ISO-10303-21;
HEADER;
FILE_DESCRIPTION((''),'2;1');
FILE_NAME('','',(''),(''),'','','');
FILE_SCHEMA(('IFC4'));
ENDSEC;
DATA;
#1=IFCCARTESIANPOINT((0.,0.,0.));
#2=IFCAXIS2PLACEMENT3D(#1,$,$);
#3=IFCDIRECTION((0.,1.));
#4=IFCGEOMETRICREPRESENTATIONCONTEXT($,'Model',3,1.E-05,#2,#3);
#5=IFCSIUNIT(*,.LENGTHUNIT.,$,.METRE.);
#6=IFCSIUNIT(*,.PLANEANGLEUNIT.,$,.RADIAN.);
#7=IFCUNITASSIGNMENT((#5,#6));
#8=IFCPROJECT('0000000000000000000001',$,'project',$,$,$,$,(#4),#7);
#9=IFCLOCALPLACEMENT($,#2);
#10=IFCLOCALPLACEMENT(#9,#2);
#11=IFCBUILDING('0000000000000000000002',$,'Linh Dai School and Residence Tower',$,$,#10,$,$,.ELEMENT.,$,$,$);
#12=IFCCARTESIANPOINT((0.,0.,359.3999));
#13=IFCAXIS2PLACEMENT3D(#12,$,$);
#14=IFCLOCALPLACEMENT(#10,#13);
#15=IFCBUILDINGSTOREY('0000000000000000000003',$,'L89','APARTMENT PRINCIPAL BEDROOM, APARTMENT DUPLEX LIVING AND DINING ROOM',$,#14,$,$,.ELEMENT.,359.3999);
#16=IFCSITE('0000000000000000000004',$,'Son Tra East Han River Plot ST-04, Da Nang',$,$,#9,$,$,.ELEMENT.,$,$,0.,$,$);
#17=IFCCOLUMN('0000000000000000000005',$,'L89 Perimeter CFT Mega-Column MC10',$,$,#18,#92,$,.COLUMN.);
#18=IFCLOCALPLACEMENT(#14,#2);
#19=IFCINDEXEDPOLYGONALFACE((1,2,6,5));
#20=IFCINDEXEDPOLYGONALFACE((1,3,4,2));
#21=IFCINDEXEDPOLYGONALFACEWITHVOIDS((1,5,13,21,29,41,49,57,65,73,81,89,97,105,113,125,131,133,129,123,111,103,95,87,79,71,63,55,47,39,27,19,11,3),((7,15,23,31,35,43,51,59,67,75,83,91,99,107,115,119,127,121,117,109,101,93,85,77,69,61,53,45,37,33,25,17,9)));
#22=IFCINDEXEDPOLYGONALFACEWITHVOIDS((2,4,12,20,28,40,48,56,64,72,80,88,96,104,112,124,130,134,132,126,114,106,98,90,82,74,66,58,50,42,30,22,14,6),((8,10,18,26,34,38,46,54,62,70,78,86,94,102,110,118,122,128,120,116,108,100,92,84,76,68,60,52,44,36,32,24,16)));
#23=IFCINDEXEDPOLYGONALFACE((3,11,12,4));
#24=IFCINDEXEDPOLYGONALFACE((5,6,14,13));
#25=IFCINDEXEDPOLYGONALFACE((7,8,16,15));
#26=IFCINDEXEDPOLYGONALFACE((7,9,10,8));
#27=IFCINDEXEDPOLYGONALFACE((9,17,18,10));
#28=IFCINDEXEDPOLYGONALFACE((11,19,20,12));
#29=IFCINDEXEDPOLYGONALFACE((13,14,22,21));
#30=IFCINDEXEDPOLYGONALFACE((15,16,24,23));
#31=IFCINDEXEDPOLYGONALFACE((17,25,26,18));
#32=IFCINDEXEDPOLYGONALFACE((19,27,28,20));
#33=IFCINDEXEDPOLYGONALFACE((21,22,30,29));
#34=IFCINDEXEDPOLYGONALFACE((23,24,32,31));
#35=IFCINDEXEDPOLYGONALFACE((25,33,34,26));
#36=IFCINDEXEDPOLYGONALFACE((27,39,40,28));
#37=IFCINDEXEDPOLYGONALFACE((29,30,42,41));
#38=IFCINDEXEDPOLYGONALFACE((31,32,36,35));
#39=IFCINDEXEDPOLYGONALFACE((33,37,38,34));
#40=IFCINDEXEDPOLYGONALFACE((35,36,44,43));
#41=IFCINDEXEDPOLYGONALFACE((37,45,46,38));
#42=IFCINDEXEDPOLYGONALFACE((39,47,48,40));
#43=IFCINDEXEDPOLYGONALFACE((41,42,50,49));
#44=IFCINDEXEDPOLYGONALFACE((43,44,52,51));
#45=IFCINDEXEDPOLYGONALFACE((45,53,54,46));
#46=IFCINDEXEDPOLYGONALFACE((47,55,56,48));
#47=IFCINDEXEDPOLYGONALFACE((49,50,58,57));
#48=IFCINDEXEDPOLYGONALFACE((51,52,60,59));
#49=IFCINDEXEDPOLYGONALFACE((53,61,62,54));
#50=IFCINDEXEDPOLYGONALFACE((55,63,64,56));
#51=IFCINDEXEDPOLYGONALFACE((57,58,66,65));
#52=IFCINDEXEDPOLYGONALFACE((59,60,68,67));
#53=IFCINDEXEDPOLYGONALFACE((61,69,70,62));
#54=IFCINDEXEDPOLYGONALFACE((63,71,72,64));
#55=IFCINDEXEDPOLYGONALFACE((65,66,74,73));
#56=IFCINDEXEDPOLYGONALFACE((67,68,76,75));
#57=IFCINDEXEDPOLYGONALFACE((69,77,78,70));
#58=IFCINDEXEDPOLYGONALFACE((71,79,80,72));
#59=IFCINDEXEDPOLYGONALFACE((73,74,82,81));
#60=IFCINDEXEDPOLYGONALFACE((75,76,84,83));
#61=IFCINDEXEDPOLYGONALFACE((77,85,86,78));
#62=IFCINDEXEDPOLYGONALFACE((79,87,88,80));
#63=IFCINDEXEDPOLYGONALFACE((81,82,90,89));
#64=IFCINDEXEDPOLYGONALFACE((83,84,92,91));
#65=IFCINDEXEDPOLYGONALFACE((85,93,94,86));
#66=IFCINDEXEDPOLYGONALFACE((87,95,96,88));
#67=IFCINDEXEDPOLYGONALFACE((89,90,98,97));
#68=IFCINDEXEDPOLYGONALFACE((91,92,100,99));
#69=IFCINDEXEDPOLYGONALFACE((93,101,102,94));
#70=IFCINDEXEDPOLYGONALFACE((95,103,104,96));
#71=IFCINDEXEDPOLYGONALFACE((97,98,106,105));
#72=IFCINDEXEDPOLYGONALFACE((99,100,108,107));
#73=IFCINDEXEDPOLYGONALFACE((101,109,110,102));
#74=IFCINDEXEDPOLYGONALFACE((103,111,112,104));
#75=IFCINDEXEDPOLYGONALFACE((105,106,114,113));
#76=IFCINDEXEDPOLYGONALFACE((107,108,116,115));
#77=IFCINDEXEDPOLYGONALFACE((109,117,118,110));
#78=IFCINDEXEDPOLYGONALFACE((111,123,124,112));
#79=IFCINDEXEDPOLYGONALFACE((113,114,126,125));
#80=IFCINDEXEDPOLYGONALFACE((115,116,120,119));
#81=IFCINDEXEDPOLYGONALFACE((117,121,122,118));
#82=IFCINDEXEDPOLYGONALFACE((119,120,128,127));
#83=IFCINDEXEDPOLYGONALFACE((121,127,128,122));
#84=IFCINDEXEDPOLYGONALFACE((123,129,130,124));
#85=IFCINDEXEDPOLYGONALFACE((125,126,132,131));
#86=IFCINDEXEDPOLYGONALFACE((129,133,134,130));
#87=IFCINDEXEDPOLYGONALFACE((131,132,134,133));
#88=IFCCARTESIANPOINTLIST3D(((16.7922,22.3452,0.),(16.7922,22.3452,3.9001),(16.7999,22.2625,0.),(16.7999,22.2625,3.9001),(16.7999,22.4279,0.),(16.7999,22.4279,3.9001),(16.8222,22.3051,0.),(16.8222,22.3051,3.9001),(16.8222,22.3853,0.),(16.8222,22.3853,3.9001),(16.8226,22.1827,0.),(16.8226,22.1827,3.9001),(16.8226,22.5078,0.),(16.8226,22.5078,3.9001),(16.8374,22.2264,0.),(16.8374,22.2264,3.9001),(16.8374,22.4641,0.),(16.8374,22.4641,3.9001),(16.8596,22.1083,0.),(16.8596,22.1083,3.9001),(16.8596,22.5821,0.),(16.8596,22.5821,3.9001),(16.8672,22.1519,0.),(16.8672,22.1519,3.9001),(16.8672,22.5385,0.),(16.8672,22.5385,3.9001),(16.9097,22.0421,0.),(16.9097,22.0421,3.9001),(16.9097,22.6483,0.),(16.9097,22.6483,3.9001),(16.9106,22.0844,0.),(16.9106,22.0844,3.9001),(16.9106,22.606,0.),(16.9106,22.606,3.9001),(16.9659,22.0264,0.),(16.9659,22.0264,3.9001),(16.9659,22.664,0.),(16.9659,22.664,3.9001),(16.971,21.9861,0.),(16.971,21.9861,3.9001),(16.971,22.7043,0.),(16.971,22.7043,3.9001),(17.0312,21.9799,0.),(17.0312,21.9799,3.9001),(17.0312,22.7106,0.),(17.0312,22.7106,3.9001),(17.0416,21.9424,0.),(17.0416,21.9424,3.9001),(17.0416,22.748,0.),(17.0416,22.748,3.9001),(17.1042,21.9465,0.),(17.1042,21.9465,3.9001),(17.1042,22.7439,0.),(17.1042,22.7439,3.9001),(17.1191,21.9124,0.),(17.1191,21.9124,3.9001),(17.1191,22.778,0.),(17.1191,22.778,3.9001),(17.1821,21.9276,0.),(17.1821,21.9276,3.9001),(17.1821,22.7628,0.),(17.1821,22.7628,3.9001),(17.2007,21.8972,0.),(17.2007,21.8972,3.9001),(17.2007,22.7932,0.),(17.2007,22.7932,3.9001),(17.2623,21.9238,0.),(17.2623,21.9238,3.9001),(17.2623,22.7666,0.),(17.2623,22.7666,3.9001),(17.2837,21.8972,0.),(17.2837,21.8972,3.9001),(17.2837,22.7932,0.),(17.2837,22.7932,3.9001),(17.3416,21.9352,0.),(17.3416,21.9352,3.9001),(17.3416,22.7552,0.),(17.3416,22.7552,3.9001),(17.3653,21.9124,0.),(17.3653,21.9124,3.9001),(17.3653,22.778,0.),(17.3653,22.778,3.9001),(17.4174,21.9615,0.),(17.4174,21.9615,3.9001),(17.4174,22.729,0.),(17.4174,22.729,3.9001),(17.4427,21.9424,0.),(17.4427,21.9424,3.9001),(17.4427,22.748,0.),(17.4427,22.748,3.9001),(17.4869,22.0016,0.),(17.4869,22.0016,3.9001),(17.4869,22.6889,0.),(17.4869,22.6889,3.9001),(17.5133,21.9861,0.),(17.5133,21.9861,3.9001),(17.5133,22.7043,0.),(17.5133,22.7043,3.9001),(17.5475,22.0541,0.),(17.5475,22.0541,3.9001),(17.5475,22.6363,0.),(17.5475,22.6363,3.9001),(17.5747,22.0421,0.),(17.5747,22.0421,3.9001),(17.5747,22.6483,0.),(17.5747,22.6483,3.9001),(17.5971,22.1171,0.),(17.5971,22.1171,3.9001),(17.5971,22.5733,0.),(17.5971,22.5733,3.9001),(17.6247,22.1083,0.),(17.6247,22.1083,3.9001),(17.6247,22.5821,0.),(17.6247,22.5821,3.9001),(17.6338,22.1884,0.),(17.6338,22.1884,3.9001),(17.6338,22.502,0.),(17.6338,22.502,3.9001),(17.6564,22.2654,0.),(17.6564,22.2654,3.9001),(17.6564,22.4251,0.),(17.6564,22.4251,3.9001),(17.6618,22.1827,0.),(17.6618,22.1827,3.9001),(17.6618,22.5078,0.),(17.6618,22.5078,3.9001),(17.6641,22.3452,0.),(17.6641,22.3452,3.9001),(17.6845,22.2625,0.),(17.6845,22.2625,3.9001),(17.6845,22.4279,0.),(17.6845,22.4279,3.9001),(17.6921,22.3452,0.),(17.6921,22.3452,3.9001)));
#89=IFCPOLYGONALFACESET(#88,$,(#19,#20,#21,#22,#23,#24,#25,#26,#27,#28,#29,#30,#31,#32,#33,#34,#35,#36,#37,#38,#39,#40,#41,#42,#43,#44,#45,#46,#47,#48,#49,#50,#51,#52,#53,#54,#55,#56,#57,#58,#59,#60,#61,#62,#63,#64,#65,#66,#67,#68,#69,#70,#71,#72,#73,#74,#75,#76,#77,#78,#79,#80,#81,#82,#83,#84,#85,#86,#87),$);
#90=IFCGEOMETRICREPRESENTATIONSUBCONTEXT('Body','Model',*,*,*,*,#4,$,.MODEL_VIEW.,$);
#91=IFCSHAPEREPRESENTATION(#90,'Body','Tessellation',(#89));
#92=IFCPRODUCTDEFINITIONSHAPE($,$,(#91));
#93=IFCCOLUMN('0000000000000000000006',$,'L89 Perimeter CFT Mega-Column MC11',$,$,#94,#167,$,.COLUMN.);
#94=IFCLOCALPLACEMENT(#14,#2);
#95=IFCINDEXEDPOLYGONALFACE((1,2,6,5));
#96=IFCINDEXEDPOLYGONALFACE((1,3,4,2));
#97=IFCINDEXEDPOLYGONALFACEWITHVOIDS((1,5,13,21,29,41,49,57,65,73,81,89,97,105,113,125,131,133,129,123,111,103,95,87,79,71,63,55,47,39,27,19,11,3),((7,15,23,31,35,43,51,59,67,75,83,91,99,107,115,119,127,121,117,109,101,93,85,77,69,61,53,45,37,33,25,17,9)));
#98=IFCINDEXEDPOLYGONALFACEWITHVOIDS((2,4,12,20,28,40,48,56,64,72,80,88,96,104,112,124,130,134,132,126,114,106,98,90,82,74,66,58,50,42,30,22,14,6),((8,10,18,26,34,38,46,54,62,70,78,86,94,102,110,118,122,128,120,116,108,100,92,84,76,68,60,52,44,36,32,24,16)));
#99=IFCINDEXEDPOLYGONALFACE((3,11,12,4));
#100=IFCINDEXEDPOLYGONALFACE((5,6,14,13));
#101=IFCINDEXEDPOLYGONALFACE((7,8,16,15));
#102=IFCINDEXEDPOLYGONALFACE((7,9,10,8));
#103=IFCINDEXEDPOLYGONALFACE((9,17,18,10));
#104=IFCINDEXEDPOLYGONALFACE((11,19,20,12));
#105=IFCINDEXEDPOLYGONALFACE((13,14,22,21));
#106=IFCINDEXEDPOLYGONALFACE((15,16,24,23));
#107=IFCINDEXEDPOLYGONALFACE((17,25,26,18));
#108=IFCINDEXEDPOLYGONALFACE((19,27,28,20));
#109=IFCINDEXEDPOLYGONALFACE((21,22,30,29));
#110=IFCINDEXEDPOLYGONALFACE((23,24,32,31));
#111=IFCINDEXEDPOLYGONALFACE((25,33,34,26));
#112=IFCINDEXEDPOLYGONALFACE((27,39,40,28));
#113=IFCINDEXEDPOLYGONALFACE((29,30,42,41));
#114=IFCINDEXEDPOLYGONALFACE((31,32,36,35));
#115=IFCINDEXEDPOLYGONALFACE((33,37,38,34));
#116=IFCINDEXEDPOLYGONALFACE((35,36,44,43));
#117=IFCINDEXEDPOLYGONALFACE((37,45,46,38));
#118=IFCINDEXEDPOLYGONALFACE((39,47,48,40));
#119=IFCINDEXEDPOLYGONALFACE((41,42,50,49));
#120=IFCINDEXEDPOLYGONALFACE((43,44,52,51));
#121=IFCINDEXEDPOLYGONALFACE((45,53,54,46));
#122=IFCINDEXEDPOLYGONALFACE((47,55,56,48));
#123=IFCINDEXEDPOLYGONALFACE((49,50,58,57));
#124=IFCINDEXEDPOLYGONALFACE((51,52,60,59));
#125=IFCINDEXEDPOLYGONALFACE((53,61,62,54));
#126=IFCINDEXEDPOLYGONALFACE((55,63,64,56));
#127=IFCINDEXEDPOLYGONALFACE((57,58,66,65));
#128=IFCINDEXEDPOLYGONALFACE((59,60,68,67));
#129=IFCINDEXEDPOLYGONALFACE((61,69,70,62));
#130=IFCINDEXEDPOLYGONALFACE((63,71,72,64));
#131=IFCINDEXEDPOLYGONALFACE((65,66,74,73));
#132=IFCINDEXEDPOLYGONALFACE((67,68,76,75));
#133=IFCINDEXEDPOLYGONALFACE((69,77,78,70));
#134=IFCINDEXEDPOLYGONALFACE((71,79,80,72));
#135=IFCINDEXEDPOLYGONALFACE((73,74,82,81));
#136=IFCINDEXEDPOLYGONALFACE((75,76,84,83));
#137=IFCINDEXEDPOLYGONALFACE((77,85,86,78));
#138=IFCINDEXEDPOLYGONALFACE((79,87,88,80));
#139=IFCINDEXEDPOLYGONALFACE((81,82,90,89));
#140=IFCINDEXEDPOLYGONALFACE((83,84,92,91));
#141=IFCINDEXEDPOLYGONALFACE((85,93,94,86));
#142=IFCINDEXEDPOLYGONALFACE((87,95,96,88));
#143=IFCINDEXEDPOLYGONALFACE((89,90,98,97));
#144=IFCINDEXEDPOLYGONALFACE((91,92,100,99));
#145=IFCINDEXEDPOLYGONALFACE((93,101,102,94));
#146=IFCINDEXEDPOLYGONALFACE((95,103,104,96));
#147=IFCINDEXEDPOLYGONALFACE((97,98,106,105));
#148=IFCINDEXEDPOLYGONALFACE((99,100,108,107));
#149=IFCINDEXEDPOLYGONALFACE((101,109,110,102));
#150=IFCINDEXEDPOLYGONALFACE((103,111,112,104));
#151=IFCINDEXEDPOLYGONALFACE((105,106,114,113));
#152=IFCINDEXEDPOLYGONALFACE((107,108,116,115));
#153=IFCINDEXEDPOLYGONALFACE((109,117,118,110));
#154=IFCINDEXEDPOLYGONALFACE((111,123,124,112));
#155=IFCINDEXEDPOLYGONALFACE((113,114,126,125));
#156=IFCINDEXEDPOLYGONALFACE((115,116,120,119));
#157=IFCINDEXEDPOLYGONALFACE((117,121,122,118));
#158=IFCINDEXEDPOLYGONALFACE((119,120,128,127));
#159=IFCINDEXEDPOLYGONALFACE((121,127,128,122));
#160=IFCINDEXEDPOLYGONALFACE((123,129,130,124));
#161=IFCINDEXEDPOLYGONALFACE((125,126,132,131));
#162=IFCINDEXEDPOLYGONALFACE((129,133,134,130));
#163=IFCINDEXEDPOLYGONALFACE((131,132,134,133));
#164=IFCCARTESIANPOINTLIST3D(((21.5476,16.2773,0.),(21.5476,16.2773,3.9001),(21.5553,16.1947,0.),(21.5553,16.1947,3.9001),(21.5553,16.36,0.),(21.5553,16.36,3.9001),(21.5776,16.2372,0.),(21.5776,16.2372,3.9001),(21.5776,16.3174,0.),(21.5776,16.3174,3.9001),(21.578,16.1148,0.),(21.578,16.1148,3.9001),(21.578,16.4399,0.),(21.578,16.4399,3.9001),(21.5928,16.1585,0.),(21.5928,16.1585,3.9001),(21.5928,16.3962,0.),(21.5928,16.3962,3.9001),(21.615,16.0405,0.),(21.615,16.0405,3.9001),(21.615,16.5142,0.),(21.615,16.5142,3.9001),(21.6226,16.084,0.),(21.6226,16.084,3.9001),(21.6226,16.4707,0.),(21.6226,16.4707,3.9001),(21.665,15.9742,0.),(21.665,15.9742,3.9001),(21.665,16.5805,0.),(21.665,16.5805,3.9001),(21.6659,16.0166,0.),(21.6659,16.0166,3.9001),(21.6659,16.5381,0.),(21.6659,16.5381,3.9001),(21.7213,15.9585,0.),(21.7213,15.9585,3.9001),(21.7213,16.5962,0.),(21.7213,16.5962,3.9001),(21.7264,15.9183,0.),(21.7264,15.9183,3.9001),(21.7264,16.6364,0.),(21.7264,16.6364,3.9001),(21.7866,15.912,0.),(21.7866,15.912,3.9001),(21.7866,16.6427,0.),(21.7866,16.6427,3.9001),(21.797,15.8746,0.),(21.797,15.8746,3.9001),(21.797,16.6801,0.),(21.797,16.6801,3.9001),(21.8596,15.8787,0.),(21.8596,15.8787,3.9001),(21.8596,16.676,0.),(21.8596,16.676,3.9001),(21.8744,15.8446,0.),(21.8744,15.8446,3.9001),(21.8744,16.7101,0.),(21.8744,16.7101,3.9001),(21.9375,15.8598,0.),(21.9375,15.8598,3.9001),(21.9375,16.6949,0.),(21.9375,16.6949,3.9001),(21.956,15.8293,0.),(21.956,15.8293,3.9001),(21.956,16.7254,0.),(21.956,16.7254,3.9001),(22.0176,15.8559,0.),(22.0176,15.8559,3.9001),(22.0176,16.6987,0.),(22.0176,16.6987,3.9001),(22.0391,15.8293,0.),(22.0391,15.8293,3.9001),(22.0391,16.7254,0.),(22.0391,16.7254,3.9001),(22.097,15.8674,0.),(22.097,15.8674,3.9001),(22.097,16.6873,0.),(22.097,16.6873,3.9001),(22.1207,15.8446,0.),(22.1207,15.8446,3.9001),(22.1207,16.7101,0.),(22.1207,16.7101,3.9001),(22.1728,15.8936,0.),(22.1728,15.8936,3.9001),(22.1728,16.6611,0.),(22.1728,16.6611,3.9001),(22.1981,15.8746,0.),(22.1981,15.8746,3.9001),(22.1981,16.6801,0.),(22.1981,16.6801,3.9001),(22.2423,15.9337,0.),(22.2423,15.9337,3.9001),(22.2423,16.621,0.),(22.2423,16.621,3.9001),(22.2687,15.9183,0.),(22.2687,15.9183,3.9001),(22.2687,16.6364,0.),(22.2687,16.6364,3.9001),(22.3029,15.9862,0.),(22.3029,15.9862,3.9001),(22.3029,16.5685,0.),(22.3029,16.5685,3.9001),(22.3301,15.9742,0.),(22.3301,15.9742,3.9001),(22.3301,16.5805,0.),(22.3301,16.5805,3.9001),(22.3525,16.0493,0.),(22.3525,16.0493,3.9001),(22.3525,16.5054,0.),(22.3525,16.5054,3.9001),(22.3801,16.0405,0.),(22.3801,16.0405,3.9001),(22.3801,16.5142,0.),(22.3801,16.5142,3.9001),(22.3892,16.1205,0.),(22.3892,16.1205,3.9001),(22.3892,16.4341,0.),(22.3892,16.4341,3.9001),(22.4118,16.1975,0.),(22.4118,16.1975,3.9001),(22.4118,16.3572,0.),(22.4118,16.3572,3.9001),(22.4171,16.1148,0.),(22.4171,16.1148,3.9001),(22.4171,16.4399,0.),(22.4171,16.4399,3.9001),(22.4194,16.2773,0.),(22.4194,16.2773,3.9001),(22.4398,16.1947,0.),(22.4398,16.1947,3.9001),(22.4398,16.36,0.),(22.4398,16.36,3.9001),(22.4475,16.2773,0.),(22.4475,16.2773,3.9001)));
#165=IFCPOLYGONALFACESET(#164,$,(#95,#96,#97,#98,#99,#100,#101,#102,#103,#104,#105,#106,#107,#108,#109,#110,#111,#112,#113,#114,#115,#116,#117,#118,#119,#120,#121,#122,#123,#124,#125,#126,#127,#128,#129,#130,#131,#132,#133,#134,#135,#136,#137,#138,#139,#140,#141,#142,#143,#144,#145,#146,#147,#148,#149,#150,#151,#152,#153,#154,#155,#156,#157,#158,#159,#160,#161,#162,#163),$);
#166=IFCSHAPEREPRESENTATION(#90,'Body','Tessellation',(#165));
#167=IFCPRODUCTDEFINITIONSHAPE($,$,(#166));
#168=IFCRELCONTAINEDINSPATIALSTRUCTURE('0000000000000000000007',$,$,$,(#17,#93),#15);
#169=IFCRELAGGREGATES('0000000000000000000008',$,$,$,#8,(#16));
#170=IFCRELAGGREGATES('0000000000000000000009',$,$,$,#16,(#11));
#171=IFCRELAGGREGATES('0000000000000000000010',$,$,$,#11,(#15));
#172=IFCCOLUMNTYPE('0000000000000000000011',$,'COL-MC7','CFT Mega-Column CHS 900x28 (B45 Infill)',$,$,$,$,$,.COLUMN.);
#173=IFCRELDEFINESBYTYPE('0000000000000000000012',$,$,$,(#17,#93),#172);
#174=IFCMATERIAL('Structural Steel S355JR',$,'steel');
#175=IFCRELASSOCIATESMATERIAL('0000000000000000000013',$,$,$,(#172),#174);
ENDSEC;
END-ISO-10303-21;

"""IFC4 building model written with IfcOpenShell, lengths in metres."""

from ifc_helpers import new_model, si_unit, direction, frame, origin, origin_2d, place, context, subcontext, project, spatial, hollow_circle, extrude, material, material_profile, profile_set, type_object, element, save


model = new_model("IFC4")

# Units and contexts
model_context = context("Model", 3, precision=1e-05, world=origin(), true_north=direction((0.0, 1.0)))
body_context = subcontext(model_context, "Body", "Model", "MODEL_VIEW")
ifc_project = project(units=[si_unit("LENGTHUNIT", "METRE"), si_unit("PLANEANGLEUNIT", "RADIAN")], contexts=[model_context])

# Site, building, storey
site_placement = place(None, origin())
site = spatial("IfcSite", under=ifc_project, at=site_placement, Name="Son Tra East Han River Plot ST-04, Da Nang", CompositionType="ELEMENT", RefElevation=0.0)
building_placement = place(site_placement, origin())
building = spatial("IfcBuilding", under=site, at=building_placement, Name="Linh Dai School and Residence Tower", CompositionType="ELEMENT")
storey_placement = place(building_placement, frame((0.0, 0.0, 359.3999)))
storey = spatial("IfcBuildingStorey", under=building, at=storey_placement, Name="L89", Description="APARTMENT PRINCIPAL BEDROOM, APARTMENT DUPLEX LIVING AND DINING ROOM", CompositionType="ELEMENT", Elevation=359.3999)

# Columns
ifc_material_1 = material(Name="Structural Steel S355JR", Category="steel")
ifc_material_profile_1 = material_profile(ifc_material_1, hollow_circle(Radius=0.45, WallThickness=0.0281, at=origin_2d()), Name="CHS 900x28")
ifc_profile_set_1 = profile_set([ifc_material_profile_1], Name="Structural Steel S355JR")
column_type = type_object("IfcColumnType", Name="COL-MC7", Description="CFT Mega-Column CHS 900x28 (B45 Infill)", PredefinedType="COLUMN", material=ifc_profile_set_1)
for number, where, z_axis, x_axis, name in (
    (1, (17.2422, 22.3452, 0.0), (0.0, 0.0, 1.0), (1.0, 0.0, 0.0), "L89 Perimeter CFT Mega-Column MC10"),
    (2, (21.9976, 16.2773, 0.0), (0.0, 0.0, 1.0), (1.0, 0.0, 0.0), "L89 Perimeter CFT Mega-Column MC11"),
):
    element("IfcColumn", number, at=place(storey_placement, frame(where, z_axis=z_axis, x_axis=x_axis)), inside=storey, type_object=column_type, Name=name, PredefinedType="COLUMN", context=body_context, shape_type="SweptSolid", body=[
        extrude(hollow_circle(Radius=0.45, WallThickness=0.0281, at=origin_2d()), origin(), (0.0, 0.0, 1.0), 3.9001),
    ])

save(model, "model.ifc")
